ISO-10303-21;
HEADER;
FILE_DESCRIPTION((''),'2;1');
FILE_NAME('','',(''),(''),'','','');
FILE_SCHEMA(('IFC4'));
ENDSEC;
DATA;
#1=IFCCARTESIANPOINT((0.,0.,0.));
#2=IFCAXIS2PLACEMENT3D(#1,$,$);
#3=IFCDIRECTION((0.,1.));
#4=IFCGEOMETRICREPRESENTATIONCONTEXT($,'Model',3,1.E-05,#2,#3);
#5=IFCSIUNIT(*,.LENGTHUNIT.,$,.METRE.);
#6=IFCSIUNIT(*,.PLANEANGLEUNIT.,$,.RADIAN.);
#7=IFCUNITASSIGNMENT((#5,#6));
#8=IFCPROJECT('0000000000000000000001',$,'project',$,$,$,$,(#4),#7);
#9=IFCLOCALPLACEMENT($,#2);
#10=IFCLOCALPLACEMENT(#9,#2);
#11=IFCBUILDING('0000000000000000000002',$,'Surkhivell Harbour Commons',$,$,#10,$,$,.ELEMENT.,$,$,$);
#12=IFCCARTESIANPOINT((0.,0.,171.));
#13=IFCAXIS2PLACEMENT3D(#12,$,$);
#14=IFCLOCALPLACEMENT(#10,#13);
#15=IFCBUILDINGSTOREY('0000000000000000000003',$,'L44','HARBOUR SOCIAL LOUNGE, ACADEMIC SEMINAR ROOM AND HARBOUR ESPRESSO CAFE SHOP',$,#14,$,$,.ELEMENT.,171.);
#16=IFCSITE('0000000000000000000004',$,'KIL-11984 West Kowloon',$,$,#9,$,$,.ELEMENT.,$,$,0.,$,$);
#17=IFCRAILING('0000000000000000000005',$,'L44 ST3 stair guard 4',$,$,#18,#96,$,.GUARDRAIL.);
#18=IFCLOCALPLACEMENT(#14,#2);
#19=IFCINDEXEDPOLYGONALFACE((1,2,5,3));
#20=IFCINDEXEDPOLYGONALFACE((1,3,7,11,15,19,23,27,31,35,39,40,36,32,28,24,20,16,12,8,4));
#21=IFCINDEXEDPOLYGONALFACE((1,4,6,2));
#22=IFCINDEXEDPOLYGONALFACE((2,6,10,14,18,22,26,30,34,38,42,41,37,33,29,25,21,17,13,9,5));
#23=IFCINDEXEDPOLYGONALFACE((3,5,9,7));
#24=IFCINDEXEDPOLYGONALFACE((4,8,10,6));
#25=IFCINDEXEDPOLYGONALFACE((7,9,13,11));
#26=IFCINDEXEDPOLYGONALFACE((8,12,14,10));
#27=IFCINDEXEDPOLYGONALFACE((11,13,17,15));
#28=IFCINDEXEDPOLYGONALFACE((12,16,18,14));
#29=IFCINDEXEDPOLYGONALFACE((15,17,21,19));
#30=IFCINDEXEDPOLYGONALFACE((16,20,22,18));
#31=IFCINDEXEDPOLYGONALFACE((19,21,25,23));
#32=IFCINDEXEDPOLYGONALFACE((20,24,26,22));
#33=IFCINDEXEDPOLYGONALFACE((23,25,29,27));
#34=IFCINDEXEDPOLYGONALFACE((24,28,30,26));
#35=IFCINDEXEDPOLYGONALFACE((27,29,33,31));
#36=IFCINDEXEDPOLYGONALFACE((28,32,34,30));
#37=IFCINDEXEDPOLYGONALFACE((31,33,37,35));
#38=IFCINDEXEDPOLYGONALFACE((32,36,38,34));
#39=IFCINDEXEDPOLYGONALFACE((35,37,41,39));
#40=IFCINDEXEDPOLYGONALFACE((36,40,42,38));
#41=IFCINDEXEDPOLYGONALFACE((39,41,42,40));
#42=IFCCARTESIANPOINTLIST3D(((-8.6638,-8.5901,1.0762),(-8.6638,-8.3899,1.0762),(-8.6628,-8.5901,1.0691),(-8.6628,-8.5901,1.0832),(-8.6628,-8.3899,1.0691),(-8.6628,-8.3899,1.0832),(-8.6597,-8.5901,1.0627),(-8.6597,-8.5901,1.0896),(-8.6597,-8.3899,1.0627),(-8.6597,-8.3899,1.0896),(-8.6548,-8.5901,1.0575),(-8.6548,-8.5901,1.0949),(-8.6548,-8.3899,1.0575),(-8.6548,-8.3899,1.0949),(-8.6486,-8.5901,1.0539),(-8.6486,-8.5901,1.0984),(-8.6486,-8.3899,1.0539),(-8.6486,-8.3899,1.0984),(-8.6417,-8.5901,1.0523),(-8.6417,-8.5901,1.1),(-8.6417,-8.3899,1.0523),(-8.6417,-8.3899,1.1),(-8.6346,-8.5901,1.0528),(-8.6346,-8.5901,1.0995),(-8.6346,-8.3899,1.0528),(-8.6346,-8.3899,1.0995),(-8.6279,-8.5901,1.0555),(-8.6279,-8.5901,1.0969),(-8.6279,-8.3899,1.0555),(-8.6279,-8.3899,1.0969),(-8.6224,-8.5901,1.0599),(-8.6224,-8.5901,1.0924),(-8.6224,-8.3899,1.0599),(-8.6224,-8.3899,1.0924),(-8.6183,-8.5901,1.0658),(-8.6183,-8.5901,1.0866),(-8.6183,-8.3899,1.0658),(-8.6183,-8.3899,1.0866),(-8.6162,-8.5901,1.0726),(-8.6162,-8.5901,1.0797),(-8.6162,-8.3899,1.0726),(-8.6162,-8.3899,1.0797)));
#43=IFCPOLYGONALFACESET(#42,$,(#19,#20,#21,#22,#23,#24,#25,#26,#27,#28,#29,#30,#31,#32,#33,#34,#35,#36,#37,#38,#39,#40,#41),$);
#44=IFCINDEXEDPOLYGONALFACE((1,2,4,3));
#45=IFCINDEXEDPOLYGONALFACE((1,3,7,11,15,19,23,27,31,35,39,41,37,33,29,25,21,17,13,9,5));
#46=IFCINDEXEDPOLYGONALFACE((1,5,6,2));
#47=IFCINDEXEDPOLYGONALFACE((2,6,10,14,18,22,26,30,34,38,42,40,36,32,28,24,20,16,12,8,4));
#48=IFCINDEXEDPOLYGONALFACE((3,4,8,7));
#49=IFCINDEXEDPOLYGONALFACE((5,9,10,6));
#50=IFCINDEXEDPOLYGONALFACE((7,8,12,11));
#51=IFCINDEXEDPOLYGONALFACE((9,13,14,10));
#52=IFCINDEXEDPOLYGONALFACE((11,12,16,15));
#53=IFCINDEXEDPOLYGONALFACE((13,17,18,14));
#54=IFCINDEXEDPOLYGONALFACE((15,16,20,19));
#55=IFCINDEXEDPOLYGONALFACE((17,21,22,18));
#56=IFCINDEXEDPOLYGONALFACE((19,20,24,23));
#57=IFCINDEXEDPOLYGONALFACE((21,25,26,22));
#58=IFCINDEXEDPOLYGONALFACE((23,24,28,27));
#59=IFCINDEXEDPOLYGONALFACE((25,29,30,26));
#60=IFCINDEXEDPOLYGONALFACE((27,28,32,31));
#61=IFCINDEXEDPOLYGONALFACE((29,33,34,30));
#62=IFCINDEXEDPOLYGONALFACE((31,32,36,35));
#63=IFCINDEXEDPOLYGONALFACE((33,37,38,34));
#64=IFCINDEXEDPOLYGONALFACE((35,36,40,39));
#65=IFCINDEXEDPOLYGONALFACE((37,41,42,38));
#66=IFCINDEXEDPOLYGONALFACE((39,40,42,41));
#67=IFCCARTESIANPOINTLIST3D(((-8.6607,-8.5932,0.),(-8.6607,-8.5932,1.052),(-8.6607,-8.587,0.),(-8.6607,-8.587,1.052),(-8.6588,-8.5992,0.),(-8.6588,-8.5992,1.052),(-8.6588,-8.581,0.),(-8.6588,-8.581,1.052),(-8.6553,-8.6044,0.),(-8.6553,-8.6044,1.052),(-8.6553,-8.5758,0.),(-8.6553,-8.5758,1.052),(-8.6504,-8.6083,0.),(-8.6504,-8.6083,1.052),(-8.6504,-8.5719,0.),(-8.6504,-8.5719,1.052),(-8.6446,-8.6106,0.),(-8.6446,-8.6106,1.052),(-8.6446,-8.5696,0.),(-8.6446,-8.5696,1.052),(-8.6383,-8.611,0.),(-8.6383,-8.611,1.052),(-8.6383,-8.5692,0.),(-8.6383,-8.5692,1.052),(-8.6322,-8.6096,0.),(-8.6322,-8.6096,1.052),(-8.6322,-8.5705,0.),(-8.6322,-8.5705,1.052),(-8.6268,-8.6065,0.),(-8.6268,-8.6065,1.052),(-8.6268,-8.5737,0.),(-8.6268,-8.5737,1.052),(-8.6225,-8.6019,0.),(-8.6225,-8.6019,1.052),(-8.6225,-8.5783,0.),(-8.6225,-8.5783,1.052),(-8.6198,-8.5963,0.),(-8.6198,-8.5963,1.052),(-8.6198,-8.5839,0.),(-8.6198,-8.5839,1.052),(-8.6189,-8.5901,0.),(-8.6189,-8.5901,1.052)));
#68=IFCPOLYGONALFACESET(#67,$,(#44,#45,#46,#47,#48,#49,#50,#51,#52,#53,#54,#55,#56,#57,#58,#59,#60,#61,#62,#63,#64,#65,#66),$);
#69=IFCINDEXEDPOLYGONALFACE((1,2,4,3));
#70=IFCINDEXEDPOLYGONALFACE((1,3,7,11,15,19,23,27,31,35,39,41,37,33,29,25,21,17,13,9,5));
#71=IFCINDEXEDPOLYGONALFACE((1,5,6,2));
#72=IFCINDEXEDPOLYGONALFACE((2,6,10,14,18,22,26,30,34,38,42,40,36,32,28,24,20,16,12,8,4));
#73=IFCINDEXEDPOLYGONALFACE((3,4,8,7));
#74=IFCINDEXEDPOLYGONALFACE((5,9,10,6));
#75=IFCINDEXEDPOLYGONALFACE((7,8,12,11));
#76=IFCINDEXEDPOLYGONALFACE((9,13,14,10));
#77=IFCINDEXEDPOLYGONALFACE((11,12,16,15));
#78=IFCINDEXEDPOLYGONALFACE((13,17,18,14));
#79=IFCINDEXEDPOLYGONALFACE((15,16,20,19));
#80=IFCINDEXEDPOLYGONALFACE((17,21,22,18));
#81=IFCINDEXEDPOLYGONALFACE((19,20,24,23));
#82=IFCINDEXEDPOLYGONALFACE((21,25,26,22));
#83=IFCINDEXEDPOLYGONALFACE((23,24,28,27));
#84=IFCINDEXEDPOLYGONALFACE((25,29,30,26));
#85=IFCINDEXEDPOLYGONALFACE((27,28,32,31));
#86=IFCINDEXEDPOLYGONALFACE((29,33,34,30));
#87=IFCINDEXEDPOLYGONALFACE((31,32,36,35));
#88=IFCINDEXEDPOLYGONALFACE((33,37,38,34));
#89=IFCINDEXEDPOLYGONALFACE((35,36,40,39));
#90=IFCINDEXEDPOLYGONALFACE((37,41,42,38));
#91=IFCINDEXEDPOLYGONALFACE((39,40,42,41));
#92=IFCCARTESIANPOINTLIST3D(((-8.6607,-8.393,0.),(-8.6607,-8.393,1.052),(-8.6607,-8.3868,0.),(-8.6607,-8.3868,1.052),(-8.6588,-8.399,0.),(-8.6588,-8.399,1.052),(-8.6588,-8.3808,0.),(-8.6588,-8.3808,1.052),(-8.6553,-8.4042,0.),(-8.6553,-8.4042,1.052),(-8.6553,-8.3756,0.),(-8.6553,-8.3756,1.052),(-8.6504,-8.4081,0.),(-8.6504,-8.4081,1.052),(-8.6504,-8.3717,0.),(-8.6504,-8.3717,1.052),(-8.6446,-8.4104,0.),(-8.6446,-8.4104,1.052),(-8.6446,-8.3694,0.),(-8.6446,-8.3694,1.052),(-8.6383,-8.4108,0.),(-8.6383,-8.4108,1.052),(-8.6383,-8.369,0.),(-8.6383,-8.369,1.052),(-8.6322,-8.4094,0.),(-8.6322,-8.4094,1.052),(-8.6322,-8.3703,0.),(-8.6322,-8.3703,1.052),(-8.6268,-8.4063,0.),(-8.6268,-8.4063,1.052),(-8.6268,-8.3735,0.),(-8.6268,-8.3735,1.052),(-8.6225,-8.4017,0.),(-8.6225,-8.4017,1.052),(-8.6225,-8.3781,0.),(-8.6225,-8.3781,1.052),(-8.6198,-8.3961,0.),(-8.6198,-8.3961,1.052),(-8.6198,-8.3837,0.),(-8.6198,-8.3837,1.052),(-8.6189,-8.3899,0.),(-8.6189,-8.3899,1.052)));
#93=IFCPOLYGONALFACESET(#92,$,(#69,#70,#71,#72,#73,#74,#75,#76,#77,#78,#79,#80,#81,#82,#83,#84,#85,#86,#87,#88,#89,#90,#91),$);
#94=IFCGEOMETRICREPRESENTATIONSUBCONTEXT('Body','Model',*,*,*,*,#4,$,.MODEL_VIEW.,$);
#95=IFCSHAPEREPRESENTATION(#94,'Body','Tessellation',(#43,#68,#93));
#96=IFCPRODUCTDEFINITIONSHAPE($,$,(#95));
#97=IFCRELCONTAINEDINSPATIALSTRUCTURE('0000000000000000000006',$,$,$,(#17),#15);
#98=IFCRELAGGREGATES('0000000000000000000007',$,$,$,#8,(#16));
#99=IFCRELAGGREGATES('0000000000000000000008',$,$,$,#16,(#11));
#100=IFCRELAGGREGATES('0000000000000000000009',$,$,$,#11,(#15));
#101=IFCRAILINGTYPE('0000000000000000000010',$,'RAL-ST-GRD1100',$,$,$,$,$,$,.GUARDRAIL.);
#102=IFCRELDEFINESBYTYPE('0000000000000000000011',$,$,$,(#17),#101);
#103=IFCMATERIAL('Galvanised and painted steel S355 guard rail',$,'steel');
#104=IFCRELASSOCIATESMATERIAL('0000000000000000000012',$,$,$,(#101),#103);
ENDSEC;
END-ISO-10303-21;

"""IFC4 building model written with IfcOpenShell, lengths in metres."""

from ifc_helpers import new_model, si_unit, direction, frame, origin, origin_2d, place, context, subcontext, project, spatial, circle, extrude, material, type_object, element, save


model = new_model("IFC4")

# Units and contexts
model_context = context("Model", 3, precision=1e-05, world=origin(), true_north=direction((0.0, 1.0)))
body_context = subcontext(model_context, "Body", "Model", "MODEL_VIEW")
ifc_project = project(units=[si_unit("LENGTHUNIT", "METRE"), si_unit("PLANEANGLEUNIT", "RADIAN")], contexts=[model_context])

# Site, building, storey
site_placement = place(None, origin())
site = spatial("IfcSite", under=ifc_project, at=site_placement, Name="KIL-11984 West Kowloon", CompositionType="ELEMENT", RefElevation=0.0)
building_placement = place(site_placement, origin())
building = spatial("IfcBuilding", under=site, at=building_placement, Name="Surkhivell Harbour Commons", CompositionType="ELEMENT")
storey_placement = place(building_placement, frame((0.0, 0.0, 171.0)))
storey = spatial("IfcBuildingStorey", under=building, at=storey_placement, Name="L44", Description="HARBOUR SOCIAL LOUNGE, ACADEMIC SEMINAR ROOM AND HARBOUR ESPRESSO CAFE SHOP", CompositionType="ELEMENT", Elevation=171.0)

# Railing
ifc_material_1 = material(Name="Galvanised and painted steel S355 guard rail", Category="steel")
railing_type_1 = type_object("IfcRailingType", Name="RAL-ST-GRD1100", PredefinedType="GUARDRAIL", material=ifc_material_1)
railing_1_placement = place(storey_placement, frame((-8.6399, -8.5901, 0.0)))
element("IfcRailing", 1, at=railing_1_placement, inside=storey, type_object=railing_type_1, Name="L44 ST3 stair guard 4", PredefinedType="GUARDRAIL", context=body_context, shape_type="SweptSolid", body=[
    extrude(circle(Radius=0.0239, at=origin_2d()), frame((0.0, 0.0, 1.0762), z_axis=(0.0, 1.0, 0.0), x_axis=(-1.0, 0.0, 0.0)), (0.0, 0.0, 1.0), 0.2002),
    extrude(circle(Radius=0.021, at=origin_2d()), origin(), (0.0, 0.0, 1.0), 1.052),
    extrude(circle(Radius=0.021, at=origin_2d()), frame((0.0, 0.2002, 0.0)), (0.0, 0.0, 1.0), 1.052),
])

save(model, "model.ifc")
